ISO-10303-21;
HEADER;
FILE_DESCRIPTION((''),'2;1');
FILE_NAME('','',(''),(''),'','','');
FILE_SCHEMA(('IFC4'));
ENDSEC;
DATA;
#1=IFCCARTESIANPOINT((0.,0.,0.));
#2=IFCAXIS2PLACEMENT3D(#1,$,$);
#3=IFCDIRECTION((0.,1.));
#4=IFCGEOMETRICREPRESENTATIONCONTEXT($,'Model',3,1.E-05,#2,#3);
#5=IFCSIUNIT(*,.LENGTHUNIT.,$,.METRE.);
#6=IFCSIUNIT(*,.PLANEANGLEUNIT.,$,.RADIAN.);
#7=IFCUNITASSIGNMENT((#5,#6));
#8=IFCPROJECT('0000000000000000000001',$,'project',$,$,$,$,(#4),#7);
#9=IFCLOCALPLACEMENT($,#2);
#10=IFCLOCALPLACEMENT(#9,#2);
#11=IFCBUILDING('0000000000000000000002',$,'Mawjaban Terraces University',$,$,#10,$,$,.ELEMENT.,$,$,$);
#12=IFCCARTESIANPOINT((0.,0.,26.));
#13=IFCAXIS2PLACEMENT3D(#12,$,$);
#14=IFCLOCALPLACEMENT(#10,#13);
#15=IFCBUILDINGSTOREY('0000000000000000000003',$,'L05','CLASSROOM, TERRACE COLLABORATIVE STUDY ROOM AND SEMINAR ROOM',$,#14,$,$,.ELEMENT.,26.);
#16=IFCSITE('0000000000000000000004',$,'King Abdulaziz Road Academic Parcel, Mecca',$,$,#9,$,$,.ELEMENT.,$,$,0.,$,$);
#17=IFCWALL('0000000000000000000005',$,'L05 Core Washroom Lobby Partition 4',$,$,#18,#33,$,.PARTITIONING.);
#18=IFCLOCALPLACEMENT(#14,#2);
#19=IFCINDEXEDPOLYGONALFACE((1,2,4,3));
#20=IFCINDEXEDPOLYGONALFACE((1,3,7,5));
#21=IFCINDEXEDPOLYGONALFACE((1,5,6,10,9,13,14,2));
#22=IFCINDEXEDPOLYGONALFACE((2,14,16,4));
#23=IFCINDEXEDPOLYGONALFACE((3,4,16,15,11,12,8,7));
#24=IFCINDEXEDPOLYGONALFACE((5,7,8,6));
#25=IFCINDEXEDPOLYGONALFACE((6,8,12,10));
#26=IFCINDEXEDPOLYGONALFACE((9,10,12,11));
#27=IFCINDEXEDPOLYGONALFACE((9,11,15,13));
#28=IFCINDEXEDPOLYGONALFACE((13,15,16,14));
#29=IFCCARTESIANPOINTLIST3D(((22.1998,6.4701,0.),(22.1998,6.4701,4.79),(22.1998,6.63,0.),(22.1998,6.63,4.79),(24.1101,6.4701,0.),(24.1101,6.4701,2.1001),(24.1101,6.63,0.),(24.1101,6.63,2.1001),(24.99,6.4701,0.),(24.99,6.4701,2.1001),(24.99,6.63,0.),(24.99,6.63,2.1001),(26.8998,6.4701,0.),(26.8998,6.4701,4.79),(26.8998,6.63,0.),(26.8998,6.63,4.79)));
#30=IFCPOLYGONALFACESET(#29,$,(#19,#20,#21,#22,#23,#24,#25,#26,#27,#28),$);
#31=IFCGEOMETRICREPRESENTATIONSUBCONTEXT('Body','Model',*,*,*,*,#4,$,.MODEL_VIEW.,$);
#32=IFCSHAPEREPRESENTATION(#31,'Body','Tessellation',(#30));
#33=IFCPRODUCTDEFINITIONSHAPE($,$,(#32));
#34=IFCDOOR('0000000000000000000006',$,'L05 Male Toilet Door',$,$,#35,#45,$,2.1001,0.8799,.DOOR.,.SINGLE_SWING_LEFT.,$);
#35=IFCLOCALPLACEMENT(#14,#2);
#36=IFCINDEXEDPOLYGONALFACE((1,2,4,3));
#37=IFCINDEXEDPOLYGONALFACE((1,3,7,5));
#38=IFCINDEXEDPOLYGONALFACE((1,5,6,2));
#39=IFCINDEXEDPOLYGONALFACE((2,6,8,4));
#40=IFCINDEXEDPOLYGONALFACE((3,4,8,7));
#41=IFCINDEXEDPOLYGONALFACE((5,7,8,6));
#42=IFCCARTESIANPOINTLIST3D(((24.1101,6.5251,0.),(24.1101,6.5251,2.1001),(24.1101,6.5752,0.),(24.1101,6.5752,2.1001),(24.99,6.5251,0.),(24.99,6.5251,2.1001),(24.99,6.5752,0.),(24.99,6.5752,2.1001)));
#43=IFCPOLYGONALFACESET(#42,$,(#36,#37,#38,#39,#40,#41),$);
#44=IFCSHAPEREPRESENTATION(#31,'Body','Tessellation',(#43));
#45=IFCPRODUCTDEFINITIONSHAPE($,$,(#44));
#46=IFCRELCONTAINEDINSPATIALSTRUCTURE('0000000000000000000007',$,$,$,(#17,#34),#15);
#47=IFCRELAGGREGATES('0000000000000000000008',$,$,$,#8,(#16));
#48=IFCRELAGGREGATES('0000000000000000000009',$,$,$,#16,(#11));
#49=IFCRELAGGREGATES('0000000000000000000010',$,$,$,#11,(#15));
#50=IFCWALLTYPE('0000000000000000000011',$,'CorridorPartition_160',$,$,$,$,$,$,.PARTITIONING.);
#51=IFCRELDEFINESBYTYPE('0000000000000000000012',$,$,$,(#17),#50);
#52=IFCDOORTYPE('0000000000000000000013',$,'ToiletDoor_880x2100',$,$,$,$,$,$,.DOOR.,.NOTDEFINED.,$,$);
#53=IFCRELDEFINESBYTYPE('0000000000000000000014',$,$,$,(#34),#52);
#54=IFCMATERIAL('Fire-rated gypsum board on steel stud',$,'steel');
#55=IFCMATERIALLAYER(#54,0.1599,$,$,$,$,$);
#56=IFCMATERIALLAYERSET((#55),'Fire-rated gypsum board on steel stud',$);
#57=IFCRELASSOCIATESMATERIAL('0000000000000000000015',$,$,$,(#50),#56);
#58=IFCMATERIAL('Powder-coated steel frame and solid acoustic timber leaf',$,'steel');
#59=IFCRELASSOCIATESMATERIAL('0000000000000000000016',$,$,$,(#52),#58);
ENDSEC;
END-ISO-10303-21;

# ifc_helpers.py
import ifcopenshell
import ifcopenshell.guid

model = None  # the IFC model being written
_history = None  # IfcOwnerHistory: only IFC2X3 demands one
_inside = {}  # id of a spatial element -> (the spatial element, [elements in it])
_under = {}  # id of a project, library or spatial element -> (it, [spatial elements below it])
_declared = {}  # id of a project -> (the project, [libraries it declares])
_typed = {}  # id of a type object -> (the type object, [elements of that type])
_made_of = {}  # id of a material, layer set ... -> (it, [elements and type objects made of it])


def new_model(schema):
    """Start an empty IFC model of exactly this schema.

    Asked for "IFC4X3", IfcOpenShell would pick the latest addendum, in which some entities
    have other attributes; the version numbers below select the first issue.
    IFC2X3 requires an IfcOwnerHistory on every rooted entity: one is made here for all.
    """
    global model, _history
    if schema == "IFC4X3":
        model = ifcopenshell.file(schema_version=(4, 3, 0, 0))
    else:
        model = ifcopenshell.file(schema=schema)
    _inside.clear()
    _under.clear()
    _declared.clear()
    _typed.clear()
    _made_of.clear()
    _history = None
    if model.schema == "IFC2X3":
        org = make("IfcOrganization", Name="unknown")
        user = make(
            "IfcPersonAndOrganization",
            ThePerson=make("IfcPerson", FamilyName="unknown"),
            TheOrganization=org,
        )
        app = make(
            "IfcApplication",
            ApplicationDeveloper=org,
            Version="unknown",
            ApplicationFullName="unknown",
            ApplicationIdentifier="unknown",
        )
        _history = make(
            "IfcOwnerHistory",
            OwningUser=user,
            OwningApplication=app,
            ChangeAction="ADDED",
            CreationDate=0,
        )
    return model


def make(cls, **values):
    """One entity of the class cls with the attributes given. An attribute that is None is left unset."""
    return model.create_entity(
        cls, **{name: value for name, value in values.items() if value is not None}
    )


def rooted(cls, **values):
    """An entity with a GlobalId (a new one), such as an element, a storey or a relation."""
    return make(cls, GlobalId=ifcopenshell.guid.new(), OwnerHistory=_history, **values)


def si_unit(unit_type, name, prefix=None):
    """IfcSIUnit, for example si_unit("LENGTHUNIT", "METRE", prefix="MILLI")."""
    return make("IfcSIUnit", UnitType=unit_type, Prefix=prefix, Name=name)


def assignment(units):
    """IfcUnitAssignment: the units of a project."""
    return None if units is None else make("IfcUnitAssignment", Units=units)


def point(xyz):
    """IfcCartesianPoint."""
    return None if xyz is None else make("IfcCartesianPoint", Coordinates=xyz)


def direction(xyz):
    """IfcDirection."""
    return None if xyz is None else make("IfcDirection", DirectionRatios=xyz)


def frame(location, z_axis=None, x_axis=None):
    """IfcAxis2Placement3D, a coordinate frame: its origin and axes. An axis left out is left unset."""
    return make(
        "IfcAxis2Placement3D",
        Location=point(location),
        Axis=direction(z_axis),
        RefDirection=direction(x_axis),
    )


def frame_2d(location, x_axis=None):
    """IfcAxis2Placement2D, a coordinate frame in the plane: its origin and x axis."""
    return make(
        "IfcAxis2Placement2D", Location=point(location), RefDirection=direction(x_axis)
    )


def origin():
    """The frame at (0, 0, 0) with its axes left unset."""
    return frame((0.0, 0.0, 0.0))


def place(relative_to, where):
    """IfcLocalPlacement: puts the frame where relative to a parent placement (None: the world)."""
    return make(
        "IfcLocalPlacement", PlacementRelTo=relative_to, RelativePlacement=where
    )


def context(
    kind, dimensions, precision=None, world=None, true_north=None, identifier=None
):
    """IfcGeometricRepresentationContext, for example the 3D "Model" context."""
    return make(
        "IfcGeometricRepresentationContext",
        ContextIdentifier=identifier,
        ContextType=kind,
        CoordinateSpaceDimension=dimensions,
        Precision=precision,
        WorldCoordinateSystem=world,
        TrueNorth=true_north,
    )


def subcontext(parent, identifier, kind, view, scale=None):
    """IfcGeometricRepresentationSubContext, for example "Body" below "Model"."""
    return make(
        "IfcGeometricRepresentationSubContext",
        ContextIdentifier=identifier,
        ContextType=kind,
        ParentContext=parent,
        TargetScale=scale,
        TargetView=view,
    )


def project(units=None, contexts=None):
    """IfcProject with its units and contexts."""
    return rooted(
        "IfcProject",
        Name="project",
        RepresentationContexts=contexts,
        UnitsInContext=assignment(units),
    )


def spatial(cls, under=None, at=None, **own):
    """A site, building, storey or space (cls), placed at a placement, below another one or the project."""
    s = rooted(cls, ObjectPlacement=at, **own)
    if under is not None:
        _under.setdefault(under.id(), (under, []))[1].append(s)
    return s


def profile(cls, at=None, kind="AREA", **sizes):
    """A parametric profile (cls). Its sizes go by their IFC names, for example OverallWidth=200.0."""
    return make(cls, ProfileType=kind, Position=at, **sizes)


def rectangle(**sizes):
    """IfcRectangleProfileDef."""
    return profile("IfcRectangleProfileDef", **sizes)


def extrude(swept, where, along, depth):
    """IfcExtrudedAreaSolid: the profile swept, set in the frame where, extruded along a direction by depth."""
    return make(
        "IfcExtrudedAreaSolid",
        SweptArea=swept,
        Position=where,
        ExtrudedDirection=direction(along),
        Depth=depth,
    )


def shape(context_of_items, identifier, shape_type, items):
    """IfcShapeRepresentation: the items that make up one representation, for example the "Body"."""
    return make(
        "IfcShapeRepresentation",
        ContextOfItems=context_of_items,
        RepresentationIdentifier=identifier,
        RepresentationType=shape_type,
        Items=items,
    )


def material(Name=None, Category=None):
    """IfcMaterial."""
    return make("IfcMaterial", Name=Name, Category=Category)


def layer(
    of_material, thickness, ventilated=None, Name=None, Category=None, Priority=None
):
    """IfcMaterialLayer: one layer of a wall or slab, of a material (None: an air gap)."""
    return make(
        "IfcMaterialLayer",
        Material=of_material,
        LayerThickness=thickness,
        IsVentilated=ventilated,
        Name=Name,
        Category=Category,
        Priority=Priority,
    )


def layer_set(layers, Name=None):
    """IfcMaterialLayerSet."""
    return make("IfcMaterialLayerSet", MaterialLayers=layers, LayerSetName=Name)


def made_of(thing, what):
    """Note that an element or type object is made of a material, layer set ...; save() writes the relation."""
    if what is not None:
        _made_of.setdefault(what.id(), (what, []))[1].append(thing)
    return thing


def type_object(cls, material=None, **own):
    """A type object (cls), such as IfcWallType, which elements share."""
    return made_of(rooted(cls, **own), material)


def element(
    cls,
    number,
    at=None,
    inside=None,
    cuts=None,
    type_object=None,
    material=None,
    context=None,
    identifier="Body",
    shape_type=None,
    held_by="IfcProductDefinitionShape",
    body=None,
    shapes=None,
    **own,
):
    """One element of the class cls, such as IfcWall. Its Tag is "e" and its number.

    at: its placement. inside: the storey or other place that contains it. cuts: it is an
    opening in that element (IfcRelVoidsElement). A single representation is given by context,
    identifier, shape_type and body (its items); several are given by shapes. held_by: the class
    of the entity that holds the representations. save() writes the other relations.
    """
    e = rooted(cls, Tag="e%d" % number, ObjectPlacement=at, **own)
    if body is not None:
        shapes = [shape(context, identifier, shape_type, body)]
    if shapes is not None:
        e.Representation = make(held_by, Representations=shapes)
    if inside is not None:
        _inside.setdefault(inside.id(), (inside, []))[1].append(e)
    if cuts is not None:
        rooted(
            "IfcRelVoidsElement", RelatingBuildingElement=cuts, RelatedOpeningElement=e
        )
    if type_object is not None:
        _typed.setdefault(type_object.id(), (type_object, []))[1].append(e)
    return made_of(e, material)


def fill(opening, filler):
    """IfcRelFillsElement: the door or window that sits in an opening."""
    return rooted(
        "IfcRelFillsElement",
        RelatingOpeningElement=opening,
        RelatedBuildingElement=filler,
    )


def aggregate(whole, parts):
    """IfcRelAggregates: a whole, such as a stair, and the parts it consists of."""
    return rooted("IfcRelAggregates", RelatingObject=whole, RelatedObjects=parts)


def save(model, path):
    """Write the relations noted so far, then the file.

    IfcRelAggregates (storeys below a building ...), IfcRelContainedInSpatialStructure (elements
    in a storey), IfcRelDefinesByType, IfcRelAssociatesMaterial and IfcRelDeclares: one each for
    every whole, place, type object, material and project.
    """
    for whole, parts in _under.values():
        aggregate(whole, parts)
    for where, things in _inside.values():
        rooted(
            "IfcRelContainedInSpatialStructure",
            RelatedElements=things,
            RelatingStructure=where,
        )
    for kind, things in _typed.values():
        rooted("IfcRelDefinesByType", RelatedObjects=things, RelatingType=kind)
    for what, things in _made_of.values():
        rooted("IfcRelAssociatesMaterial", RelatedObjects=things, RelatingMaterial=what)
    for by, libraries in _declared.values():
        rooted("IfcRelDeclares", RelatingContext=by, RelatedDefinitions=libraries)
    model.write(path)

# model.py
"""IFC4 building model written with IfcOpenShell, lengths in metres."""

from ifc_helpers import new_model, si_unit, direction, frame, frame_2d, origin, place, context, subcontext, project, spatial, rectangle, extrude, material, layer, layer_set, type_object, element, fill, save


model = new_model("IFC4")

# Units and contexts
model_context = context("Model", 3, precision=1e-05, world=origin(), true_north=direction((0.0, 1.0)))
body_context = subcontext(model_context, "Body", "Model", "MODEL_VIEW")
ifc_project = project(units=[si_unit("LENGTHUNIT", "METRE"), si_unit("PLANEANGLEUNIT", "RADIAN")], contexts=[model_context])

# Site, building, storey
site_placement = place(None, origin())
site = spatial("IfcSite", under=ifc_project, at=site_placement, Name="King Abdulaziz Road Academic Parcel, Mecca", CompositionType="ELEMENT", RefElevation=0.0)
building_placement = place(site_placement, origin())
building = spatial("IfcBuilding", under=site, at=building_placement, Name="Mawjaban Terraces University", CompositionType="ELEMENT")
storey_placement = place(building_placement, frame((0.0, 0.0, 26.0)))
storey = spatial("IfcBuildingStorey", under=building, at=storey_placement, Name="L05", Description="CLASSROOM, TERRACE COLLABORATIVE STUDY ROOM AND SEMINAR ROOM", CompositionType="ELEMENT", Elevation=26.0)

# Wall, opening, door
ifc_material_1 = material(Name="Fire-rated gypsum board on steel stud", Category="steel")
ifc_layer_1 = layer(ifc_material_1, 0.1599)
ifc_layer_set_1 = layer_set([ifc_layer_1], Name="Fire-rated gypsum board on steel stud")
wall_type_1 = type_object("IfcWallType", Name="CorridorPartition_160", PredefinedType="PARTITIONING", material=ifc_layer_set_1)
wall_1_placement = place(storey_placement, frame((26.8999, 6.55, 0.0), z_axis=(0.0, 0.0, 1.0), x_axis=(-1.0, 0.0, 0.0)))
wall_1 = element("IfcWall", 1, at=wall_1_placement, inside=storey, type_object=wall_type_1, Name="L05 Core Washroom Lobby Partition 4", PredefinedType="PARTITIONING", context=body_context, shape_type="SweptSolid", body=[
    extrude(rectangle(XDim=4.7, YDim=0.1599, at=frame_2d((2.3501, 0.0))), origin(), (0.0, 0.0, 1.0), 4.79),
])
opening_1_placement = place(wall_1_placement, frame((1.9099, 0.0, 0.0)))
opening_1 = element("IfcOpeningElement", 2, at=opening_1_placement, cuts=wall_1, PredefinedType="OPENING", context=body_context, shape_type="SweptSolid", body=[
    extrude(rectangle(XDim=0.8799, YDim=2.1001, at=frame_2d((0.4399, 1.05))), frame((0.0, 0.0898, 0.0), z_axis=(0.0, -1.0, 0.0), x_axis=(1.0, 0.0, 0.0)), (0.0, 0.0, 1.0), 0.1799),
])
ifc_material_2 = material(Name="Powder-coated steel frame and solid acoustic timber leaf", Category="steel")
door_type = type_object("IfcDoorType", Name="ToiletDoor_880x2100", OperationType="NOTDEFINED", PredefinedType="DOOR", material=ifc_material_2)
door_placement = place(opening_1_placement, origin())
door = element("IfcDoor", 3, at=door_placement, inside=storey, type_object=door_type, Name="L05 Male Toilet Door", OperationType="SINGLE_SWING_LEFT", OverallHeight=2.1001, OverallWidth=0.8799, PredefinedType="DOOR", context=body_context, shape_type="SweptSolid", body=[
    extrude(rectangle(XDim=0.8799, YDim=2.1001, at=frame_2d((0.4399, 1.05))), frame((0.0, 0.0249, 0.0), z_axis=(0.0, -1.0, 0.0), x_axis=(1.0, 0.0, 0.0)), (0.0, 0.0, 1.0), 0.05),
])
fill(opening_1, door)

save(model, "model.ifc")
